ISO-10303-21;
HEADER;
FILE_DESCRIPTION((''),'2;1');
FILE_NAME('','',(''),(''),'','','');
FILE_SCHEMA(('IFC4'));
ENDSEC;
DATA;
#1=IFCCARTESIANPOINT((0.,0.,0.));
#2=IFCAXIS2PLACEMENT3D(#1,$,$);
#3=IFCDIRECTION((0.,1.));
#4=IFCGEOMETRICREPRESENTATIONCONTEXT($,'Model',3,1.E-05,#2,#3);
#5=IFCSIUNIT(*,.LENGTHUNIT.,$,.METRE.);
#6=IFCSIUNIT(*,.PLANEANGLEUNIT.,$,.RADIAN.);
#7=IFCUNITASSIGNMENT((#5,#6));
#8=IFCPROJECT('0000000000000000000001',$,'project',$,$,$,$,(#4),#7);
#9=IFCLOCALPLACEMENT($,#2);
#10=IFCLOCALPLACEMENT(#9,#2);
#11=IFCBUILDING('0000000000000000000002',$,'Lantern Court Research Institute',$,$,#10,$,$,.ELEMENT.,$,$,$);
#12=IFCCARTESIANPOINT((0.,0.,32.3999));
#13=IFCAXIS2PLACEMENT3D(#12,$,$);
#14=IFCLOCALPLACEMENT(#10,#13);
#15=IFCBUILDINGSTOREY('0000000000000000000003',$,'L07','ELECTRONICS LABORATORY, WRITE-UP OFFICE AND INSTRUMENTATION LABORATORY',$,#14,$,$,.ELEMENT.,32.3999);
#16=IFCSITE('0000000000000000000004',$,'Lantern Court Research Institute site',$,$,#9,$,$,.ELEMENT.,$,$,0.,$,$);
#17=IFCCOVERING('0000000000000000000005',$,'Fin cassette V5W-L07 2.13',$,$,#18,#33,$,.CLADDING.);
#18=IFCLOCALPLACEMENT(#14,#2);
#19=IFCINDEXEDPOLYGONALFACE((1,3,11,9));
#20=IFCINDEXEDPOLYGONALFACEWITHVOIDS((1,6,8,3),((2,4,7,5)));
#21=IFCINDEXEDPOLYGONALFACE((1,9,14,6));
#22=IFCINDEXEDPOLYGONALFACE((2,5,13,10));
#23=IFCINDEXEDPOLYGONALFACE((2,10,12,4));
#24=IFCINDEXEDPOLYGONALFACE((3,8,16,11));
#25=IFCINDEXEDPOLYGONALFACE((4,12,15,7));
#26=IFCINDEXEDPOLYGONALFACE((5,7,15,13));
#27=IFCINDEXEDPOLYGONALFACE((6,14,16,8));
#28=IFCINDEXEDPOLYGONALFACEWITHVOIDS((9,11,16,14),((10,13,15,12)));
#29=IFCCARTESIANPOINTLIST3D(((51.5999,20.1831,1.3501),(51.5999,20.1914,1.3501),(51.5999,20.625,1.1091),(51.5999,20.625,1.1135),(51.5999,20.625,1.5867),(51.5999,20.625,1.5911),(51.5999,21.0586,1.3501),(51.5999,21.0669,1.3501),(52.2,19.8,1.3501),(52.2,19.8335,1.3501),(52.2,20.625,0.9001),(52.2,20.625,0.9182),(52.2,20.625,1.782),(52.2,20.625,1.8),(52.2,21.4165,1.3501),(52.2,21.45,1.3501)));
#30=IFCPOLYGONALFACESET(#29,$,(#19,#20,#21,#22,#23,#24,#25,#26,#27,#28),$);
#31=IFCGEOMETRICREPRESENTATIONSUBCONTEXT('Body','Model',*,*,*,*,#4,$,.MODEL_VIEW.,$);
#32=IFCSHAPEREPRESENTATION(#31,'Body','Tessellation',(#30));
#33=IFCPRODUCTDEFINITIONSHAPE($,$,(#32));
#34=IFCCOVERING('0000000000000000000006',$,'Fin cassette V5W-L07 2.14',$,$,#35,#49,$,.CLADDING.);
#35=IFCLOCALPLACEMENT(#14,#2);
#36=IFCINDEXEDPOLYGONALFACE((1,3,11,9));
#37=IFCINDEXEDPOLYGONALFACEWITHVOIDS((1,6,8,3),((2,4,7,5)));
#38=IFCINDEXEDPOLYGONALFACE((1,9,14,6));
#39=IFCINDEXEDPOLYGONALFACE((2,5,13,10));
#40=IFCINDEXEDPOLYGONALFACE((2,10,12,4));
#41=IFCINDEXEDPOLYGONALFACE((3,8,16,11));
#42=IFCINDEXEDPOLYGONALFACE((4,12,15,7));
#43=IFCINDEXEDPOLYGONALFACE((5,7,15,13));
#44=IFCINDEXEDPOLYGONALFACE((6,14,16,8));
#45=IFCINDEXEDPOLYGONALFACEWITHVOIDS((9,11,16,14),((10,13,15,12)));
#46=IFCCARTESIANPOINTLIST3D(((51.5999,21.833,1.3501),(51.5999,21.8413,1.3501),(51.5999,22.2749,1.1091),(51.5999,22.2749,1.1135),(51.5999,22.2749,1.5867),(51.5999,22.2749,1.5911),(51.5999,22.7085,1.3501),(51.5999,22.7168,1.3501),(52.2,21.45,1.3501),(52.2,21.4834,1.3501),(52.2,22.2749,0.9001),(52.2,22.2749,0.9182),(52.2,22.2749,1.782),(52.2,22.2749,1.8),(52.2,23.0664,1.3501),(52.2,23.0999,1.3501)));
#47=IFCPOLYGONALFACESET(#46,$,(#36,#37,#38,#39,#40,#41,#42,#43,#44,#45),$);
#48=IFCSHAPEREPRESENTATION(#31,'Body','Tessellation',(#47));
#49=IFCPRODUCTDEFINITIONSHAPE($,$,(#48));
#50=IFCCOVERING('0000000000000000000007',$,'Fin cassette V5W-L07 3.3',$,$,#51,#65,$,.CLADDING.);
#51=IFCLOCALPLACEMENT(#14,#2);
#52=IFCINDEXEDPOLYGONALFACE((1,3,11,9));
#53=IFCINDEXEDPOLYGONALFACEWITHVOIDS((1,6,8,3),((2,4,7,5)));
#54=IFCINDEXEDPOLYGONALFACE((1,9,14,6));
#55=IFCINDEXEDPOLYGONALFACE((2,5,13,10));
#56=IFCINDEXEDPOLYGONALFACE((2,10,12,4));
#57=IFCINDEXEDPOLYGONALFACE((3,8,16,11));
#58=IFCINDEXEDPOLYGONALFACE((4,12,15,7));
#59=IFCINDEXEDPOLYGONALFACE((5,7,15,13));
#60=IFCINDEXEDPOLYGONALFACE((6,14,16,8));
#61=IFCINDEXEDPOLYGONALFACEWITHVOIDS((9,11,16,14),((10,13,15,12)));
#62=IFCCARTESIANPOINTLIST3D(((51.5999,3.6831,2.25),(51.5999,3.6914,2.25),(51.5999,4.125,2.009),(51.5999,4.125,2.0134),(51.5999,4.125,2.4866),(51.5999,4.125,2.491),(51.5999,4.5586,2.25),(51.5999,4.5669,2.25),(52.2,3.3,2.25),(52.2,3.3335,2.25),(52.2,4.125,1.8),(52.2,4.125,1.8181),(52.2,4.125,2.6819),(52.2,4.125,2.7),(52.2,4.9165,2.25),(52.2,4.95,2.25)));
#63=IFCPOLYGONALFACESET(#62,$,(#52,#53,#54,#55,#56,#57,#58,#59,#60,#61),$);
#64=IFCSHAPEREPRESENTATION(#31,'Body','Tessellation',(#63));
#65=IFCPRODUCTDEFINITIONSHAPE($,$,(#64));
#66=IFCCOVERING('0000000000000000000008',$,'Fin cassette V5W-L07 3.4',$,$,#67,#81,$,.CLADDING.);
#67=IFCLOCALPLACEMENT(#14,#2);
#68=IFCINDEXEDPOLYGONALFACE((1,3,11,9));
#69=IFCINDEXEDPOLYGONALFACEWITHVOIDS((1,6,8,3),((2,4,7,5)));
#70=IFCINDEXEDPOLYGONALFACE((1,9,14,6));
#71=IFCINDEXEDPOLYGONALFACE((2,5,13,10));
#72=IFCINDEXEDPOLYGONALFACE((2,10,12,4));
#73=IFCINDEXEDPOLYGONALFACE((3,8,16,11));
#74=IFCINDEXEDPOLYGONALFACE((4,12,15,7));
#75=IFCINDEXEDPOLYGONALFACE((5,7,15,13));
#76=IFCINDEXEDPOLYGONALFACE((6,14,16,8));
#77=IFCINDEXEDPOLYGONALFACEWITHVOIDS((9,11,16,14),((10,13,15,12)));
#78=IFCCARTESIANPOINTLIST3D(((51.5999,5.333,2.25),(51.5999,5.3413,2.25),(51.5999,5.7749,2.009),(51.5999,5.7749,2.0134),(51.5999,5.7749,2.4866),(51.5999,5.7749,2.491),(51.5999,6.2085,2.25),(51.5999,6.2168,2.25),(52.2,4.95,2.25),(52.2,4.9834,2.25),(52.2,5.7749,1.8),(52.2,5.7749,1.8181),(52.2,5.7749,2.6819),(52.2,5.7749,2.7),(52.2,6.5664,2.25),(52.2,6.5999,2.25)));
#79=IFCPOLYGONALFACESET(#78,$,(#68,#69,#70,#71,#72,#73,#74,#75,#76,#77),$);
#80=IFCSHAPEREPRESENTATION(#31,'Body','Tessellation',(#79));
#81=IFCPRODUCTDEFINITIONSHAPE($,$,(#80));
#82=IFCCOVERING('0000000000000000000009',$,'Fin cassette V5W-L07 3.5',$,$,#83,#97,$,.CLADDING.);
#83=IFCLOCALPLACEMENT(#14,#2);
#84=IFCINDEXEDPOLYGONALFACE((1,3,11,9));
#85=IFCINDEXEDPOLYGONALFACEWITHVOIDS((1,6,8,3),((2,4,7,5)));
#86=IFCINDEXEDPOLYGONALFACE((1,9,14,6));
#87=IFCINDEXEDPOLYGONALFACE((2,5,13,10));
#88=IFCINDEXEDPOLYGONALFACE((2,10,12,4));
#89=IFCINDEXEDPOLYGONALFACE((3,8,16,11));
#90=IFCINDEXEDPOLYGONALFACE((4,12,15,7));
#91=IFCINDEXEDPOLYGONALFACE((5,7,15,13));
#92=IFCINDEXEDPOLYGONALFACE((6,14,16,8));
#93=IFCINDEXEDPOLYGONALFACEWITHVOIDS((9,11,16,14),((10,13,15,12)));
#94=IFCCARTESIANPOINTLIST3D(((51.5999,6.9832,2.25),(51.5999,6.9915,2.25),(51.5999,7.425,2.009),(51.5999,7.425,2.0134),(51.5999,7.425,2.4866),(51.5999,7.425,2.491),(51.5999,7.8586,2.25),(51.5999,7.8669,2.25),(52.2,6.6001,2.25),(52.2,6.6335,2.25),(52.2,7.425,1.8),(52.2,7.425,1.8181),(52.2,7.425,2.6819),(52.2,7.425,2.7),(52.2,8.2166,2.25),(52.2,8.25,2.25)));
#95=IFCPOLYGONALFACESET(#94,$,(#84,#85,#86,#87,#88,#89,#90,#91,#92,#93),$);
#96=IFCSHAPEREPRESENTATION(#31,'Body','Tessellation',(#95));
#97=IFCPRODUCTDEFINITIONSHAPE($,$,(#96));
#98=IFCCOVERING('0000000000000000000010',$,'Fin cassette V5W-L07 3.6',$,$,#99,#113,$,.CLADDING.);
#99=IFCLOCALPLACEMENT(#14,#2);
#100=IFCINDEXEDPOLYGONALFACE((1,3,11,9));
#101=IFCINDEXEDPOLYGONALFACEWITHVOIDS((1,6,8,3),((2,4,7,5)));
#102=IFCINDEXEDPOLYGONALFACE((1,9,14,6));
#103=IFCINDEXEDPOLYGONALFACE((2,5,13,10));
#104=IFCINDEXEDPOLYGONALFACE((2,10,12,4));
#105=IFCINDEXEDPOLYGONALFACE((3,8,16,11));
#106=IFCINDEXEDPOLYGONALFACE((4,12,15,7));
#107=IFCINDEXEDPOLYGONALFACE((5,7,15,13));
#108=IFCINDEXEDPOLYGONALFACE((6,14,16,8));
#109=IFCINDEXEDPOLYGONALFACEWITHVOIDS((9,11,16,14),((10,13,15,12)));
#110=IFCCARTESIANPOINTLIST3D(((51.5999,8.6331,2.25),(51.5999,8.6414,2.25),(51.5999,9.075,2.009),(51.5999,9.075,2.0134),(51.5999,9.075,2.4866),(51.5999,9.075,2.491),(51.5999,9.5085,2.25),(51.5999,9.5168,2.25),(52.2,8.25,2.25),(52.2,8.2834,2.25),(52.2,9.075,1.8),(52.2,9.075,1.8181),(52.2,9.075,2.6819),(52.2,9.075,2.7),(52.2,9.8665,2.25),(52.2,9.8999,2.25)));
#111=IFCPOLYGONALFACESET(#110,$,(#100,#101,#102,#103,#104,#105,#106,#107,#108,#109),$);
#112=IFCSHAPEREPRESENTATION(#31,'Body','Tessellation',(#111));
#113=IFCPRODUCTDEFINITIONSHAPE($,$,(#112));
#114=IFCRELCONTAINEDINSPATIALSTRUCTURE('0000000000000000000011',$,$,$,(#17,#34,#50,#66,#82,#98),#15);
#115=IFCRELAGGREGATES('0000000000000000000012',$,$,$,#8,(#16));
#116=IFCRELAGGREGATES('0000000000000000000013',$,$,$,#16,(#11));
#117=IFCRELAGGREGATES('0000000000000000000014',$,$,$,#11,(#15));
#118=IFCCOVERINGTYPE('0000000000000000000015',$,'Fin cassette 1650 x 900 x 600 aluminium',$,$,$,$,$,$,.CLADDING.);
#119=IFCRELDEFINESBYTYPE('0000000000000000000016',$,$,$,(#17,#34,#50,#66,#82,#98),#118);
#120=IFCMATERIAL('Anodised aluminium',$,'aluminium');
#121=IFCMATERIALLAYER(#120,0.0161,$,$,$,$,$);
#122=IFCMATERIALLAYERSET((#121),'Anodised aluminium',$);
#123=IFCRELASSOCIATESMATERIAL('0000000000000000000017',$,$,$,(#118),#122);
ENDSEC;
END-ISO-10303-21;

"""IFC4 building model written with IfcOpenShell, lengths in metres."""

from ifc_helpers import new_model, entity, si_unit, direction, frame, origin, place, context, subcontext, project, spatial, material, layer, layer_set, type_object, element, save


model = new_model("IFC4")

# Units and contexts
model_context = context("Model", 3, precision=1e-05, world=origin(), true_north=direction((0.0, 1.0)))
body_context = subcontext(model_context, "Body", "Model", "MODEL_VIEW")
ifc_project = project(units=[si_unit("LENGTHUNIT", "METRE"), si_unit("PLANEANGLEUNIT", "RADIAN")], contexts=[model_context])

# Site, building, storey
site_placement = place(None, origin())
site = spatial("IfcSite", under=ifc_project, at=site_placement, Name="Lantern Court Research Institute site", CompositionType="ELEMENT", RefElevation=0.0)
building_placement = place(site_placement, origin())
building = spatial("IfcBuilding", under=site, at=building_placement, Name="Lantern Court Research Institute", CompositionType="ELEMENT")
storey_placement = place(building_placement, frame((0.0, 0.0, 32.3999)))
storey = spatial("IfcBuildingStorey", under=building, at=storey_placement, Name="L07", Description="ELECTRONICS LABORATORY, WRITE-UP OFFICE AND INSTRUMENTATION LABORATORY", CompositionType="ELEMENT", Elevation=32.3999)

# Coverings
ifc_material = material(Name="Anodised aluminium", Category="aluminium")
ifc_layer = layer(ifc_material, 0.0161)
ifc_layer_set = layer_set([ifc_layer], Name="Anodised aluminium")
covering_type = type_object("IfcCoveringType", Name="Fin cassette 1650 x 900 x 600 aluminium", PredefinedType="CLADDING", material=ifc_layer_set)
covering_1_placement = place(storey_placement, frame((52.2, 20.625, 1.3501), z_axis=(-1.0, 0.0, 0.0), x_axis=(0.0, -1.0, 0.0)))
cartesian_point_1 = entity("IfcCartesianPoint", [0.825, 0.0])
cartesian_point_2 = entity("IfcCartesianPoint", [0.7915, 0.0])
cartesian_point_3 = entity("IfcCartesianPoint", [0.4419, 0.0])
cartesian_point_4 = entity("IfcCartesianPoint", [0.4336, 0.0])
element("IfcCovering", 1, at=covering_1_placement, inside=storey, type_object=covering_type, Name="Fin cassette V5W-L07 2.13", PredefinedType="CLADDING", context=body_context, shape_type="SweptSolid", body=[
    entity("IfcExtrudedAreaSolidTapered", entity("IfcArbitraryProfileDefWithVoids", "AREA", None, entity("IfcPolyline", [cartesian_point_1, entity("IfcCartesianPoint", [0.0, 0.45]), entity("IfcCartesianPoint", [-0.825, 0.0]), entity("IfcCartesianPoint", [0.0, -0.45]), cartesian_point_1]), [entity("IfcPolyline", [cartesian_point_2, entity("IfcCartesianPoint", [0.0, 0.4319]), entity("IfcCartesianPoint", [-0.7915, 0.0]), entity("IfcCartesianPoint", [0.0, -0.4319]), cartesian_point_2])]), entity("IfcAxis2Placement3D", entity("IfcCartesianPoint", [0.0, 0.0, 0.0])), entity("IfcDirection", [0.0, 0.0, 1.0]), 0.6001, entity("IfcArbitraryProfileDefWithVoids", "AREA", None, entity("IfcPolyline", [cartesian_point_3, entity("IfcCartesianPoint", [0.0, 0.241]), entity("IfcCartesianPoint", [-0.4419, 0.0]), entity("IfcCartesianPoint", [0.0, -0.241]), cartesian_point_3]), [entity("IfcPolyline", [cartesian_point_4, entity("IfcCartesianPoint", [0.0, 0.2366]), entity("IfcCartesianPoint", [-0.4336, 0.0]), entity("IfcCartesianPoint", [0.0, -0.2366]), cartesian_point_4])])),
])
covering_2_placement = place(storey_placement, frame((52.2, 22.2749, 1.3501), z_axis=(-1.0, 0.0, 0.0), x_axis=(0.0, -1.0, 0.0)))
cartesian_point_5 = entity("IfcCartesianPoint", [0.825, 0.0])
cartesian_point_6 = entity("IfcCartesianPoint", [0.7915, 0.0])
cartesian_point_7 = entity("IfcCartesianPoint", [0.4419, 0.0])
cartesian_point_8 = entity("IfcCartesianPoint", [0.4336, 0.0])
element("IfcCovering", 2, at=covering_2_placement, inside=storey, type_object=covering_type, Name="Fin cassette V5W-L07 2.14", PredefinedType="CLADDING", context=body_context, shape_type="SweptSolid", body=[
    entity("IfcExtrudedAreaSolidTapered", entity("IfcArbitraryProfileDefWithVoids", "AREA", None, entity("IfcPolyline", [cartesian_point_5, entity("IfcCartesianPoint", [0.0, 0.45]), entity("IfcCartesianPoint", [-0.825, 0.0]), entity("IfcCartesianPoint", [0.0, -0.45]), cartesian_point_5]), [entity("IfcPolyline", [cartesian_point_6, entity("IfcCartesianPoint", [0.0, 0.4319]), entity("IfcCartesianPoint", [-0.7915, 0.0]), entity("IfcCartesianPoint", [0.0, -0.4319]), cartesian_point_6])]), entity("IfcAxis2Placement3D", entity("IfcCartesianPoint", [0.0, 0.0, 0.0])), entity("IfcDirection", [0.0, 0.0, 1.0]), 0.6001, entity("IfcArbitraryProfileDefWithVoids", "AREA", None, entity("IfcPolyline", [cartesian_point_7, entity("IfcCartesianPoint", [0.0, 0.241]), entity("IfcCartesianPoint", [-0.4419, 0.0]), entity("IfcCartesianPoint", [0.0, -0.241]), cartesian_point_7]), [entity("IfcPolyline", [cartesian_point_8, entity("IfcCartesianPoint", [0.0, 0.2366]), entity("IfcCartesianPoint", [-0.4336, 0.0]), entity("IfcCartesianPoint", [0.0, -0.2366]), cartesian_point_8])])),
])
covering_3_placement = place(storey_placement, frame((52.2, 4.125, 2.25), z_axis=(-1.0, 0.0, 0.0), x_axis=(0.0, -1.0, 0.0)))
cartesian_point_9 = entity("IfcCartesianPoint", [0.825, 0.0])
cartesian_point_10 = entity("IfcCartesianPoint", [0.7915, 0.0])
cartesian_point_11 = entity("IfcCartesianPoint", [0.4419, 0.0])
cartesian_point_12 = entity("IfcCartesianPoint", [0.4336, 0.0])
element("IfcCovering", 3, at=covering_3_placement, inside=storey, type_object=covering_type, Name="Fin cassette V5W-L07 3.3", PredefinedType="CLADDING", context=body_context, shape_type="SweptSolid", body=[
    entity("IfcExtrudedAreaSolidTapered", entity("IfcArbitraryProfileDefWithVoids", "AREA", None, entity("IfcPolyline", [cartesian_point_9, entity("IfcCartesianPoint", [0.0, 0.45]), entity("IfcCartesianPoint", [-0.825, 0.0]), entity("IfcCartesianPoint", [0.0, -0.45]), cartesian_point_9]), [entity("IfcPolyline", [cartesian_point_10, entity("IfcCartesianPoint", [0.0, 0.4319]), entity("IfcCartesianPoint", [-0.7915, 0.0]), entity("IfcCartesianPoint", [0.0, -0.4319]), cartesian_point_10])]), entity("IfcAxis2Placement3D", entity("IfcCartesianPoint", [0.0, 0.0, 0.0])), entity("IfcDirection", [0.0, 0.0, 1.0]), 0.6001, entity("IfcArbitraryProfileDefWithVoids", "AREA", None, entity("IfcPolyline", [cartesian_point_11, entity("IfcCartesianPoint", [0.0, 0.241]), entity("IfcCartesianPoint", [-0.4419, 0.0]), entity("IfcCartesianPoint", [0.0, -0.241]), cartesian_point_11]), [entity("IfcPolyline", [cartesian_point_12, entity("IfcCartesianPoint", [0.0, 0.2366]), entity("IfcCartesianPoint", [-0.4336, 0.0]), entity("IfcCartesianPoint", [0.0, -0.2366]), cartesian_point_12])])),
])
covering_4_placement = place(storey_placement, frame((52.2, 5.7749, 2.25), z_axis=(-1.0, 0.0, 0.0), x_axis=(0.0, -1.0, 0.0)))
cartesian_point_13 = entity("IfcCartesianPoint", [0.825, 0.0])
cartesian_point_14 = entity("IfcCartesianPoint", [0.7915, 0.0])
cartesian_point_15 = entity("IfcCartesianPoint", [0.4419, 0.0])
cartesian_point_16 = entity("IfcCartesianPoint", [0.4336, 0.0])
element("IfcCovering", 4, at=covering_4_placement, inside=storey, type_object=covering_type, Name="Fin cassette V5W-L07 3.4", PredefinedType="CLADDING", context=body_context, shape_type="SweptSolid", body=[
    entity("IfcExtrudedAreaSolidTapered", entity("IfcArbitraryProfileDefWithVoids", "AREA", None, entity("IfcPolyline", [cartesian_point_13, entity("IfcCartesianPoint", [0.0, 0.45]), entity("IfcCartesianPoint", [-0.825, 0.0]), entity("IfcCartesianPoint", [0.0, -0.45]), cartesian_point_13]), [entity("IfcPolyline", [cartesian_point_14, entity("IfcCartesianPoint", [0.0, 0.4319]), entity("IfcCartesianPoint", [-0.7915, 0.0]), entity("IfcCartesianPoint", [0.0, -0.4319]), cartesian_point_14])]), entity("IfcAxis2Placement3D", entity("IfcCartesianPoint", [0.0, 0.0, 0.0])), entity("IfcDirection", [0.0, 0.0, 1.0]), 0.6001, entity("IfcArbitraryProfileDefWithVoids", "AREA", None, entity("IfcPolyline", [cartesian_point_15, entity("IfcCartesianPoint", [0.0, 0.241]), entity("IfcCartesianPoint", [-0.4419, 0.0]), entity("IfcCartesianPoint", [0.0, -0.241]), cartesian_point_15]), [entity("IfcPolyline", [cartesian_point_16, entity("IfcCartesianPoint", [0.0, 0.2366]), entity("IfcCartesianPoint", [-0.4336, 0.0]), entity("IfcCartesianPoint", [0.0, -0.2366]), cartesian_point_16])])),
])
covering_5_placement = place(storey_placement, frame((52.2, 7.425, 2.25), z_axis=(-1.0, 0.0, 0.0), x_axis=(0.0, -1.0, 0.0)))
cartesian_point_17 = entity("IfcCartesianPoint", [0.825, 0.0])
cartesian_point_18 = entity("IfcCartesianPoint", [0.7915, 0.0])
cartesian_point_19 = entity("IfcCartesianPoint", [0.4419, 0.0])
cartesian_point_20 = entity("IfcCartesianPoint", [0.4336, 0.0])
element("IfcCovering", 5, at=covering_5_placement, inside=storey, type_object=covering_type, Name="Fin cassette V5W-L07 3.5", PredefinedType="CLADDING", context=body_context, shape_type="SweptSolid", body=[
    entity("IfcExtrudedAreaSolidTapered", entity("IfcArbitraryProfileDefWithVoids", "AREA", None, entity("IfcPolyline", [cartesian_point_17, entity("IfcCartesianPoint", [0.0, 0.45]), entity("IfcCartesianPoint", [-0.825, 0.0]), entity("IfcCartesianPoint", [0.0, -0.45]), cartesian_point_17]), [entity("IfcPolyline", [cartesian_point_18, entity("IfcCartesianPoint", [0.0, 0.4319]), entity("IfcCartesianPoint", [-0.7915, 0.0]), entity("IfcCartesianPoint", [0.0, -0.4319]), cartesian_point_18])]), entity("IfcAxis2Placement3D", entity("IfcCartesianPoint", [0.0, 0.0, 0.0])), entity("IfcDirection", [0.0, 0.0, 1.0]), 0.6001, entity("IfcArbitraryProfileDefWithVoids", "AREA", None, entity("IfcPolyline", [cartesian_point_19, entity("IfcCartesianPoint", [0.0, 0.241]), entity("IfcCartesianPoint", [-0.4419, 0.0]), entity("IfcCartesianPoint", [0.0, -0.241]), cartesian_point_19]), [entity("IfcPolyline", [cartesian_point_20, entity("IfcCartesianPoint", [0.0, 0.2366]), entity("IfcCartesianPoint", [-0.4336, 0.0]), entity("IfcCartesianPoint", [0.0, -0.2366]), cartesian_point_20])])),
])
covering_6_placement = place(storey_placement, frame((52.2, 9.075, 2.25), z_axis=(-1.0, 0.0, 0.0), x_axis=(0.0, -1.0, 0.0)))
cartesian_point_21 = entity("IfcCartesianPoint", [0.825, 0.0])
cartesian_point_22 = entity("IfcCartesianPoint", [0.7915, 0.0])
cartesian_point_23 = entity("IfcCartesianPoint", [0.4419, 0.0])
cartesian_point_24 = entity("IfcCartesianPoint", [0.4336, 0.0])
element("IfcCovering", 6, at=covering_6_placement, inside=storey, type_object=covering_type, Name="Fin cassette V5W-L07 3.6", PredefinedType="CLADDING", context=body_context, shape_type="SweptSolid", body=[
    entity("IfcExtrudedAreaSolidTapered", entity("IfcArbitraryProfileDefWithVoids", "AREA", None, entity("IfcPolyline", [cartesian_point_21, entity("IfcCartesianPoint", [0.0, 0.45]), entity("IfcCartesianPoint", [-0.825, 0.0]), entity("IfcCartesianPoint", [0.0, -0.45]), cartesian_point_21]), [entity("IfcPolyline", [cartesian_point_22, entity("IfcCartesianPoint", [0.0, 0.4319]), entity("IfcCartesianPoint", [-0.7915, 0.0]), entity("IfcCartesianPoint", [0.0, -0.4319]), cartesian_point_22])]), entity("IfcAxis2Placement3D", entity("IfcCartesianPoint", [0.0, 0.0, 0.0])), entity("IfcDirection", [0.0, 0.0, 1.0]), 0.6001, entity("IfcArbitraryProfileDefWithVoids", "AREA", None, entity("IfcPolyline", [cartesian_point_23, entity("IfcCartesianPoint", [0.0, 0.241]), entity("IfcCartesianPoint", [-0.4419, 0.0]), entity("IfcCartesianPoint", [0.0, -0.241]), cartesian_point_23]), [entity("IfcPolyline", [cartesian_point_24, entity("IfcCartesianPoint", [0.0, 0.2366]), entity("IfcCartesianPoint", [-0.4336, 0.0]), entity("IfcCartesianPoint", [0.0, -0.2366]), cartesian_point_24])])),
])

save(model, "model.ifc")
